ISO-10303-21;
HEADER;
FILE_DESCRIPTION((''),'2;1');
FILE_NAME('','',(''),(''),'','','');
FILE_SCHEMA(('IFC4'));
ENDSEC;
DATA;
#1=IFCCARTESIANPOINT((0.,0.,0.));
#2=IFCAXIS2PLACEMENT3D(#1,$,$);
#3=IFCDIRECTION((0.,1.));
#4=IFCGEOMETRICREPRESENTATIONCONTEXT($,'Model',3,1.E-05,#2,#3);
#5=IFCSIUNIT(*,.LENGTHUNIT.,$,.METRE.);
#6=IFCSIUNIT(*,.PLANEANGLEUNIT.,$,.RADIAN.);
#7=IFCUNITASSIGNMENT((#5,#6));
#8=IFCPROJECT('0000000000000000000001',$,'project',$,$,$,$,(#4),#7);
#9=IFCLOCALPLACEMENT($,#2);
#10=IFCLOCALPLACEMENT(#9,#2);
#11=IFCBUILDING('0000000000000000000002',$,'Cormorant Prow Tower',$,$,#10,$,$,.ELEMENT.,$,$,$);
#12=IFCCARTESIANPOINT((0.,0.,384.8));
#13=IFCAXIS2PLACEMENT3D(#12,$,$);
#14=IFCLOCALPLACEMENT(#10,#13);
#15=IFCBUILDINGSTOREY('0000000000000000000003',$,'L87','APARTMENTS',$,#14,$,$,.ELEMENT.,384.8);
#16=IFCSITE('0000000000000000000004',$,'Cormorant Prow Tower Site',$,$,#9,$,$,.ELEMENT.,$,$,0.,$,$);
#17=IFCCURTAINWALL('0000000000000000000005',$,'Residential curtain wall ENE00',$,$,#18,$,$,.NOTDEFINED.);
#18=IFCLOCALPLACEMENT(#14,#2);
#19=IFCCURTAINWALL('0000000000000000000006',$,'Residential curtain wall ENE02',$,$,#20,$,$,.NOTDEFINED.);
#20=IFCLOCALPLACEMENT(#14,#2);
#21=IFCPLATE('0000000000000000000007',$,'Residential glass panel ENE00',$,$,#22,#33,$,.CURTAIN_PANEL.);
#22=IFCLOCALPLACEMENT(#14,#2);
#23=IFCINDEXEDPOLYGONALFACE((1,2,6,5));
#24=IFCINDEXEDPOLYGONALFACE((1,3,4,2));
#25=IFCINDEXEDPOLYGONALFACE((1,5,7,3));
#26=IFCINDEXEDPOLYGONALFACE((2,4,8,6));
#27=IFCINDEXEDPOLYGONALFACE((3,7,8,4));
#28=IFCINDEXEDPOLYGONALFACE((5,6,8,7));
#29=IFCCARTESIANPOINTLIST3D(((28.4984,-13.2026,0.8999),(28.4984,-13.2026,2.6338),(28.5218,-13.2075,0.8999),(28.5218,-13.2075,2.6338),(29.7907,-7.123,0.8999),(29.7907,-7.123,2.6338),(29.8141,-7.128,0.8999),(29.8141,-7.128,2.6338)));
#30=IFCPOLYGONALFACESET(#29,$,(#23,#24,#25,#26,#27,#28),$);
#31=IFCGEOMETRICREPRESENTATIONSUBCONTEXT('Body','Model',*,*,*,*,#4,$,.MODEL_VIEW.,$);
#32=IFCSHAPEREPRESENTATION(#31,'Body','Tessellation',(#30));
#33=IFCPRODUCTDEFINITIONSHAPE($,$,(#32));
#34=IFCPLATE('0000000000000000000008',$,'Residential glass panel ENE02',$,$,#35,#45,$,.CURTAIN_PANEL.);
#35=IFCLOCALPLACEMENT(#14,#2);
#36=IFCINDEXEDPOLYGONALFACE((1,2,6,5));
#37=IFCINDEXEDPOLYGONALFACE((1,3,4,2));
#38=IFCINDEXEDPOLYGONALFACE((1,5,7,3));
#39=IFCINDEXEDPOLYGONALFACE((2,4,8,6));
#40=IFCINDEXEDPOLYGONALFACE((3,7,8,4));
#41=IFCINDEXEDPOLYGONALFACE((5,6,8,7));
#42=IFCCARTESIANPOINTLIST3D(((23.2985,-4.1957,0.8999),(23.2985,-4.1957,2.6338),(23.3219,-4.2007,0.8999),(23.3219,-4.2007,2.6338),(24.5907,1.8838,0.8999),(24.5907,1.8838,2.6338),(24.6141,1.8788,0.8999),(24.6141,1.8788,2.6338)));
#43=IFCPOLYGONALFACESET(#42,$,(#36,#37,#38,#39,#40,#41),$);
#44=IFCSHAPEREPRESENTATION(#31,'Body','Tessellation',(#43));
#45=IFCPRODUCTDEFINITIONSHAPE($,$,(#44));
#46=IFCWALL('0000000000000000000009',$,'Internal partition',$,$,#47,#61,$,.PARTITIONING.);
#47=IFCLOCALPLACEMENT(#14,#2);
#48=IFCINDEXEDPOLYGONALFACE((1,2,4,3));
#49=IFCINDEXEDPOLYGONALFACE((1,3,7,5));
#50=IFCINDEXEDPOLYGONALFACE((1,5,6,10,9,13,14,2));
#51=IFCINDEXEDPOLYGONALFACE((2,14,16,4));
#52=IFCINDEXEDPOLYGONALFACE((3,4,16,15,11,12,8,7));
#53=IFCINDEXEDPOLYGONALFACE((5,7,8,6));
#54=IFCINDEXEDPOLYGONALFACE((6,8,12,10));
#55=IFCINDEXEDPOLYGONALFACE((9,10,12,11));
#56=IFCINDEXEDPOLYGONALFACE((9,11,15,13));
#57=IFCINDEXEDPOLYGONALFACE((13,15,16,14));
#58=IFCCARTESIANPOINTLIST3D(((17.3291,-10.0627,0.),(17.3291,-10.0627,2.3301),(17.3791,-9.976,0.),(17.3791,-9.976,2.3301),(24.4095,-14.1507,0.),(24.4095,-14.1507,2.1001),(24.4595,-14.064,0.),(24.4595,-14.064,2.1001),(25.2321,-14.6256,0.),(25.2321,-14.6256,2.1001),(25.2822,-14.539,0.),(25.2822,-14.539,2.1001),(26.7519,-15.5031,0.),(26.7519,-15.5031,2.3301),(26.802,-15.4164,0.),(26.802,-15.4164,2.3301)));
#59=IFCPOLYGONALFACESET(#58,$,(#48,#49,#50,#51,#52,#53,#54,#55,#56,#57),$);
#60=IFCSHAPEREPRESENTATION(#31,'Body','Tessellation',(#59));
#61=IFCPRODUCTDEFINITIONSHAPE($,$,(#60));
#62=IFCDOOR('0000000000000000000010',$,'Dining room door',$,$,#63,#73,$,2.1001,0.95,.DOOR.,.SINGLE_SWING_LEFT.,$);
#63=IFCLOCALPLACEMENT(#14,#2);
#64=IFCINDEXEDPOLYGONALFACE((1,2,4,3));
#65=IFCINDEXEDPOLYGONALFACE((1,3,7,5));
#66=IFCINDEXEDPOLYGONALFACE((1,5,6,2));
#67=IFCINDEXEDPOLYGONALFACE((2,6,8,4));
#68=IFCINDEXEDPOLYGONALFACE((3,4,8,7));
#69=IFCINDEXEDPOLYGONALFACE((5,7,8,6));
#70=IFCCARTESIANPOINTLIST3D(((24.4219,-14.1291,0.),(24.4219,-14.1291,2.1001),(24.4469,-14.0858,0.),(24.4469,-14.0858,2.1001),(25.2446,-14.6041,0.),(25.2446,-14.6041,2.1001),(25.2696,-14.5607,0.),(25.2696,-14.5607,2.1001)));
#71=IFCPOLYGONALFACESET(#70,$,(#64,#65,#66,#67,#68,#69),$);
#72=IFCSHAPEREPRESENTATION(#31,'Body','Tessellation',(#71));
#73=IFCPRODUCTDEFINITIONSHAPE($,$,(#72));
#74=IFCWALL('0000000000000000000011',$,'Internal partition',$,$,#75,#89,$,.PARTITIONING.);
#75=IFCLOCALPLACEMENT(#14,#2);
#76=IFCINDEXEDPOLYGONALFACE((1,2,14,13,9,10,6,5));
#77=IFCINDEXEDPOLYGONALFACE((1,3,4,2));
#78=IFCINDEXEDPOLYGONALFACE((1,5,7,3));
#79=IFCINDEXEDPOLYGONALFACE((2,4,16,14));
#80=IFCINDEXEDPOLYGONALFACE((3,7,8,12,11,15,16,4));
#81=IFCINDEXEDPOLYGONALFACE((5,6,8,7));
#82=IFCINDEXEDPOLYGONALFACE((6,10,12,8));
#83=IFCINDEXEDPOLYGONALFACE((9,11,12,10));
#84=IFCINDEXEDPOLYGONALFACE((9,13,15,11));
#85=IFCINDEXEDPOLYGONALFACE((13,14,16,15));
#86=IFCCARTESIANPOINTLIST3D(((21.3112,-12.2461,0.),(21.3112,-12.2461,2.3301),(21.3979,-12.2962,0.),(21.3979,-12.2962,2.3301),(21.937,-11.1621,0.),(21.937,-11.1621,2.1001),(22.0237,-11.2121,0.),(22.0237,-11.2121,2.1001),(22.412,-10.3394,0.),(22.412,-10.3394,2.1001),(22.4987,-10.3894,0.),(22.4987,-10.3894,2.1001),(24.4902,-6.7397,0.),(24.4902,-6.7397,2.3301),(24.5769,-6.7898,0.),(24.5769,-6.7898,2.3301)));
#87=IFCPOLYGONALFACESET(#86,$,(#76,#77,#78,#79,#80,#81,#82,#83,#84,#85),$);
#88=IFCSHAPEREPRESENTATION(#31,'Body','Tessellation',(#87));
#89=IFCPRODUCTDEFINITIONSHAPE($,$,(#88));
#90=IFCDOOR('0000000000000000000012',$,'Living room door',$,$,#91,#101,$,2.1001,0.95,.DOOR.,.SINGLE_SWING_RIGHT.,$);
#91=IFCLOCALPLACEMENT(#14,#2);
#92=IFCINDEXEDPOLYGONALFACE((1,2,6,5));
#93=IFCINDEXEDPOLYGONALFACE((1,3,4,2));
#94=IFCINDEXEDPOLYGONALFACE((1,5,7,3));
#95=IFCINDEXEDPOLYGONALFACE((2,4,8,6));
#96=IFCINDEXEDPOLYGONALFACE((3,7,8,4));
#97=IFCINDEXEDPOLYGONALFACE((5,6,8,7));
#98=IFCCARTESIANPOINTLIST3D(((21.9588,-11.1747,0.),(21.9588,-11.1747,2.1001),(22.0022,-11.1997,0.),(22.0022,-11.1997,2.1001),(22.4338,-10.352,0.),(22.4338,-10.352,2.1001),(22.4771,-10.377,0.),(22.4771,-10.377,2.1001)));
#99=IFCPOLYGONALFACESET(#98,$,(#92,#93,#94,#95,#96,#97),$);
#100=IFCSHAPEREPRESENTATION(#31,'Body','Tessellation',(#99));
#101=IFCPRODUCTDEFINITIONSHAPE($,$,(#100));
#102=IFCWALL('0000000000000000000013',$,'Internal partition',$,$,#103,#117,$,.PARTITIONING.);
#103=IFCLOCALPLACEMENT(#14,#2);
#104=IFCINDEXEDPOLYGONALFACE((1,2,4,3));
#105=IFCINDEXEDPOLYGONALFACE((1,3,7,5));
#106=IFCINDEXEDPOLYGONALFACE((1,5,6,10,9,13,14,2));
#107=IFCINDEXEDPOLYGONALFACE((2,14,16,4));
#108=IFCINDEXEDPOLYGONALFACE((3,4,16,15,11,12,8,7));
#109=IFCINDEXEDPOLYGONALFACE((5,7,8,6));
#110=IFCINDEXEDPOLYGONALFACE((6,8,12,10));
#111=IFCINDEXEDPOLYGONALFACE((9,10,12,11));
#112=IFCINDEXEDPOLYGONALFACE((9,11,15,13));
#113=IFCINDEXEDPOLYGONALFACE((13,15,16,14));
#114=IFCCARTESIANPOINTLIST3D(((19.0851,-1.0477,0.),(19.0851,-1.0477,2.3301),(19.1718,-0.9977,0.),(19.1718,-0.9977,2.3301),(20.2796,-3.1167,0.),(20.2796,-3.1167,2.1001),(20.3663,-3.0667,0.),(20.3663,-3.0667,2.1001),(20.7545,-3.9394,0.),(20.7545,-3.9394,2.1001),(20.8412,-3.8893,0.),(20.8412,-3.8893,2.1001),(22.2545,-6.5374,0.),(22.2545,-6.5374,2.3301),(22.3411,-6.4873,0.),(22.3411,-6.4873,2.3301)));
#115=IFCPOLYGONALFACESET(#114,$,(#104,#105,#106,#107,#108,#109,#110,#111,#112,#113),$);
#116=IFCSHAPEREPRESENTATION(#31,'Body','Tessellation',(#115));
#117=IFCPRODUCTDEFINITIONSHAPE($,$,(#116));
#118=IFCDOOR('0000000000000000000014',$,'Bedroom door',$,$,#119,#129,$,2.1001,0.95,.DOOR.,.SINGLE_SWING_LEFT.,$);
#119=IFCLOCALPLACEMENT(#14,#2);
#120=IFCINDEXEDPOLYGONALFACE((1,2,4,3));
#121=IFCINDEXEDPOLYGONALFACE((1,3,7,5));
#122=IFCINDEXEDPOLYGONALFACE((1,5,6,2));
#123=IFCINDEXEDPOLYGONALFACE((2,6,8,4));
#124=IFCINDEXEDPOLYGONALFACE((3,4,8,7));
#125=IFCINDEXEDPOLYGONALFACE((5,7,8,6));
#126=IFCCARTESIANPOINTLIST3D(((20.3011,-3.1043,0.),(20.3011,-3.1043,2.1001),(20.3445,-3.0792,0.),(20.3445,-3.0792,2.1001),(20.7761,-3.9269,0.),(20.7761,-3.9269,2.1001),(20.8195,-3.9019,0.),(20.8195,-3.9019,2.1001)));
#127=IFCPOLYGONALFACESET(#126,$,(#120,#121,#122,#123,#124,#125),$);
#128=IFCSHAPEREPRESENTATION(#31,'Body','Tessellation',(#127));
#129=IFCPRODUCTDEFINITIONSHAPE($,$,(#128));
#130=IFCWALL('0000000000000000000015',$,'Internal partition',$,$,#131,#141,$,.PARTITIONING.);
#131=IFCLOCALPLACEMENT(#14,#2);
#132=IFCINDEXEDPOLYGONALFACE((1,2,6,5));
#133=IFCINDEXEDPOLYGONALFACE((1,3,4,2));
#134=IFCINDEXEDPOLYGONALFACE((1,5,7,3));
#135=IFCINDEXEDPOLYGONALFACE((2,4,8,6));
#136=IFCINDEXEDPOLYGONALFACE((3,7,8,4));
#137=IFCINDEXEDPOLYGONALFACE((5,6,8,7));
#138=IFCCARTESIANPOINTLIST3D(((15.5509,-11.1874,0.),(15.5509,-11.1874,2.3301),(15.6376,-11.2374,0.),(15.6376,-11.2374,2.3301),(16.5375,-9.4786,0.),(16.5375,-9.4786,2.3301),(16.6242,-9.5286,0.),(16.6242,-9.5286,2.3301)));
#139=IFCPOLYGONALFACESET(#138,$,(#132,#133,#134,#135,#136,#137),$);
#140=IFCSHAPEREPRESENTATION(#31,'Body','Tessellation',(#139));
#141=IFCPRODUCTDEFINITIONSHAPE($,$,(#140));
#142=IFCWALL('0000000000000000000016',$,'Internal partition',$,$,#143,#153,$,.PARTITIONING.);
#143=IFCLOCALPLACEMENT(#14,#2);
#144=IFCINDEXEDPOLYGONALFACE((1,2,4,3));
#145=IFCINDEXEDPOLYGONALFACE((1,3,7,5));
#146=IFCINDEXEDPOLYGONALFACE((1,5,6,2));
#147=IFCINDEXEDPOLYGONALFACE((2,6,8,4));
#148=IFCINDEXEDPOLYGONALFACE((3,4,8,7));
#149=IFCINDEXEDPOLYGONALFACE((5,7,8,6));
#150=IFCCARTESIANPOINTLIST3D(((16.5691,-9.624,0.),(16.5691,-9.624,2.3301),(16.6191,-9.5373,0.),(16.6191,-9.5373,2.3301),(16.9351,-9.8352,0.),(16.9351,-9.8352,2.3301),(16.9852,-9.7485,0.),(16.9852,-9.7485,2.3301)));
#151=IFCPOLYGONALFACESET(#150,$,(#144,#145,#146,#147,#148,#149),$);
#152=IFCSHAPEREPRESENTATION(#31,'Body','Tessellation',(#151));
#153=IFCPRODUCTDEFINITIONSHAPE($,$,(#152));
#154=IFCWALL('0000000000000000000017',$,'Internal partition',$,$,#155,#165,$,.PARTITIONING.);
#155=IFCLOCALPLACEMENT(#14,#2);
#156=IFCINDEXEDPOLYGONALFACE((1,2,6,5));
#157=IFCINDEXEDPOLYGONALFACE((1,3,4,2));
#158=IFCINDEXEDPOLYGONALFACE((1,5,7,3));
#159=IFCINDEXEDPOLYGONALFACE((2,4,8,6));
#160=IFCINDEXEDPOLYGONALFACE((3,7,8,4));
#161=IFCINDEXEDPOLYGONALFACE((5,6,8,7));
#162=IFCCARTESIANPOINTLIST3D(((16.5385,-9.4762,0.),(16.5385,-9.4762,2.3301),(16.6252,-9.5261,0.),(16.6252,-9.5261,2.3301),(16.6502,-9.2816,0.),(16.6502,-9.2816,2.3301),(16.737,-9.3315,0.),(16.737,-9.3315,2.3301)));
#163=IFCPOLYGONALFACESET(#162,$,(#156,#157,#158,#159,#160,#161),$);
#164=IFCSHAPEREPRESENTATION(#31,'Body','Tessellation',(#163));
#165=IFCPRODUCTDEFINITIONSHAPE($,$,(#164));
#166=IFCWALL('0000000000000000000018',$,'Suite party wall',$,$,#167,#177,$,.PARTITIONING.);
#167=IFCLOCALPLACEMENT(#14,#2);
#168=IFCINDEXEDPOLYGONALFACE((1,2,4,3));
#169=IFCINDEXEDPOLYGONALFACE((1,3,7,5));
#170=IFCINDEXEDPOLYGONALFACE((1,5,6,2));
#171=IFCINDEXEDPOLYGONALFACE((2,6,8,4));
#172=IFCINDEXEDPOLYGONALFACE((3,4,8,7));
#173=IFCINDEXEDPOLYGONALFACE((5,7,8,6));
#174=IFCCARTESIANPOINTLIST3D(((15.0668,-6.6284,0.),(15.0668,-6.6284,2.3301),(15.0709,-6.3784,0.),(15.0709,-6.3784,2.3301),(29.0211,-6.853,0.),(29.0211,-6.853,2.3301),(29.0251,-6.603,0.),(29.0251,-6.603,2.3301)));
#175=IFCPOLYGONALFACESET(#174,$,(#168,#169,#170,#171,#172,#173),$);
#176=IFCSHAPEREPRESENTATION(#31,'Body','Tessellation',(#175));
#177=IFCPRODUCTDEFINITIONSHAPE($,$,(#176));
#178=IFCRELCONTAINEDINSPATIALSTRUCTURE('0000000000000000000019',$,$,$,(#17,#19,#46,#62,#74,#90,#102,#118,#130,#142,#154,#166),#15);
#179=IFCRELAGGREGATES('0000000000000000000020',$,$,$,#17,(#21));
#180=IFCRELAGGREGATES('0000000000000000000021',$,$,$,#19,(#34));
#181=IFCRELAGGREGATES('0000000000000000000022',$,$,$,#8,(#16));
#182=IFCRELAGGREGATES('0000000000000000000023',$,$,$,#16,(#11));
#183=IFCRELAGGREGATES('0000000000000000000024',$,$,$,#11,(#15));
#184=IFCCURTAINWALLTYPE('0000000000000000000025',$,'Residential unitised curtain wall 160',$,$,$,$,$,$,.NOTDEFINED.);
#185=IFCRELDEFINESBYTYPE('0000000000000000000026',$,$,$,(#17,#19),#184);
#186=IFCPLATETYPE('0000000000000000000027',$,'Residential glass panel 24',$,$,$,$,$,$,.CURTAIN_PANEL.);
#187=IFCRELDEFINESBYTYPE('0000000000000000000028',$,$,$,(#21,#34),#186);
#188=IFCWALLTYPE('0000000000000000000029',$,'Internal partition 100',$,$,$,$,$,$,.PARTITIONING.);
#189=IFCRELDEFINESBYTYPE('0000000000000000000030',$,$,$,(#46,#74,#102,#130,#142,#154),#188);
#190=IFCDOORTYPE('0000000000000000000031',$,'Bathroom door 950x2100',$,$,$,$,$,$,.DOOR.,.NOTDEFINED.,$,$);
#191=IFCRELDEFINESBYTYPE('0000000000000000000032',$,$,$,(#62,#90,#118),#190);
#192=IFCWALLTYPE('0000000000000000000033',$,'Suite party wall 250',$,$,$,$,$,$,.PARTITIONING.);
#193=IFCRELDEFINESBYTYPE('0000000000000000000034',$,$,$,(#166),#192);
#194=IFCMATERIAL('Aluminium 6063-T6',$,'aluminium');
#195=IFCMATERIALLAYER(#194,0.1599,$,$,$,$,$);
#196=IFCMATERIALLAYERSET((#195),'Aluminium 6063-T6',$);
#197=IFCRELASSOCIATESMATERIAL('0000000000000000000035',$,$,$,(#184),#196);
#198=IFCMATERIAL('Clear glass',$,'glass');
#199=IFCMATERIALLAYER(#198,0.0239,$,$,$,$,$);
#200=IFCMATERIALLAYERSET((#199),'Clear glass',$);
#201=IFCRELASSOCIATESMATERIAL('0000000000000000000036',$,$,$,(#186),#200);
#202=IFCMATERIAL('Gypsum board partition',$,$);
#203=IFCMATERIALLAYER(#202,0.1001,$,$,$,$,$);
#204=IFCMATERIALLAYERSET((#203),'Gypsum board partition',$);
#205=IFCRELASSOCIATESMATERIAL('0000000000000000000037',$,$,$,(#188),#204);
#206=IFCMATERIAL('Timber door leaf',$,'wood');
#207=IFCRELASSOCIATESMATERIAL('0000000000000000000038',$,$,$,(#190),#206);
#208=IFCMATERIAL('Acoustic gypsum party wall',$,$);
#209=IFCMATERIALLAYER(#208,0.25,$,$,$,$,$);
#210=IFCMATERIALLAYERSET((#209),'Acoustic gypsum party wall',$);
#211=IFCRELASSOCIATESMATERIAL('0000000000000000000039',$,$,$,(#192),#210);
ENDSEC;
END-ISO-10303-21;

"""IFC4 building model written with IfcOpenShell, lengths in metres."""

from ifc_helpers import new_model, si_unit, direction, frame, frame_2d, origin, origin_2d, place, context, subcontext, project, spatial, rectangle, extrude, material, layer, layer_set, type_object, element, fill, aggregate, save


model = new_model("IFC4")

# Units and contexts
model_context = context("Model", 3, precision=1e-05, world=origin(), true_north=direction((0.0, 1.0)))
body_context = subcontext(model_context, "Body", "Model", "MODEL_VIEW")
ifc_project = project(units=[si_unit("LENGTHUNIT", "METRE"), si_unit("PLANEANGLEUNIT", "RADIAN")], contexts=[model_context])

# Site, building, storey
site_placement = place(None, origin())
site = spatial("IfcSite", under=ifc_project, at=site_placement, Name="Cormorant Prow Tower Site", CompositionType="ELEMENT", RefElevation=0.0)
building_placement = place(site_placement, origin())
building = spatial("IfcBuilding", under=site, at=building_placement, Name="Cormorant Prow Tower", CompositionType="ELEMENT")
storey_placement = place(building_placement, frame((0.0, 0.0, 384.8)))
storey = spatial("IfcBuildingStorey", under=building, at=storey_placement, Name="L87", Description="APARTMENTS", CompositionType="ELEMENT", Elevation=384.8)

# Curtain walls
ifc_material_1 = material(Name="Aluminium 6063-T6", Category="aluminium")
ifc_layer_1 = layer(ifc_material_1, 0.1599)
ifc_layer_set_1 = layer_set([ifc_layer_1], Name="Aluminium 6063-T6")
curtain_wall_type = type_object("IfcCurtainWallType", Name="Residential unitised curtain wall 160", PredefinedType="NOTDEFINED", material=ifc_layer_set_1)
curtain_wall_1_placement = place(storey_placement, origin())
curtain_wall_1 = element("IfcCurtainWall", 1, at=curtain_wall_1_placement, inside=storey, type_object=curtain_wall_type, Name="Residential curtain wall ENE00", PredefinedType="NOTDEFINED")
curtain_wall_2_placement = place(storey_placement, origin())
curtain_wall_2 = element("IfcCurtainWall", 2, at=curtain_wall_2_placement, inside=storey, type_object=curtain_wall_type, Name="Residential curtain wall ENE02", PredefinedType="NOTDEFINED")

# Plates
ifc_material_2 = material(Name="Clear glass", Category="glass")
ifc_layer_2 = layer(ifc_material_2, 0.0239)
ifc_layer_set_2 = layer_set([ifc_layer_2], Name="Clear glass")
plate_type = type_object("IfcPlateType", Name="Residential glass panel 24", PredefinedType="CURTAIN_PANEL", material=ifc_layer_set_2)
plate_1_placement = place(storey_placement, frame((29.1562, -10.1653, 0.8999), z_axis=(0.0, 0.0, 1.0), x_axis=(0.207912, 0.978148, 0.0)))
plate_1 = element("IfcPlate", 3, at=plate_1_placement, type_object=plate_type, Name="Residential glass panel ENE00", PredefinedType="CURTAIN_PANEL", context=body_context, shape_type="SweptSolid", body=[
    extrude(rectangle(XDim=6.2153, YDim=0.0239, at=origin_2d()), origin(), (0.0, 0.0, 1.0), 1.7339),
])
aggregate(curtain_wall_1, [plate_1])
plate_2_placement = place(storey_placement, frame((23.9563, -1.1584, 0.8999), z_axis=(0.0, 0.0, 1.0), x_axis=(0.207912, 0.978148, 0.0)))
plate_2 = element("IfcPlate", 4, at=plate_2_placement, type_object=plate_type, Name="Residential glass panel ENE02", PredefinedType="CURTAIN_PANEL", context=body_context, shape_type="SweptSolid", body=[
    extrude(rectangle(XDim=6.2153, YDim=0.0239, at=origin_2d()), origin(), (0.0, 0.0, 1.0), 1.7339),
])
aggregate(curtain_wall_2, [plate_2])

# Walls, openings, doors
ifc_material_3 = material(Name="Gypsum board partition")
ifc_layer_3 = layer(ifc_material_3, 0.1001)
ifc_layer_set_3 = layer_set([ifc_layer_3], Name="Gypsum board partition")
wall_type_1 = type_object("IfcWallType", Name="Internal partition 100", PredefinedType="PARTITIONING", material=ifc_layer_set_3)
wall_1_placement = place(storey_placement, frame((17.354, -10.0193, 0.0), z_axis=(0.0, 0.0, 1.0), x_axis=(0.86602, -0.50001, 0.0)))
wall_1 = element("IfcWall", 5, at=wall_1_placement, inside=storey, type_object=wall_type_1, Name="Internal partition", PredefinedType="PARTITIONING", context=body_context, shape_type="SweptSolid", body=[
    extrude(rectangle(XDim=10.8806, YDim=0.1001, at=frame_2d((5.4404, 0.0))), origin(), (0.0, 0.0, 1.0), 2.3301),
])
opening_1_placement = place(wall_1_placement, frame((8.1758, 0.0, 0.0)))
opening_1 = element("IfcOpeningElement", 6, at=opening_1_placement, cuts=wall_1, PredefinedType="OPENING", context=body_context, shape_type="SweptSolid", body=[
    extrude(rectangle(XDim=0.95, YDim=2.1001, at=frame_2d((0.4751, 1.05))), frame((0.0, 0.0601, 0.0), z_axis=(0.0, -1.0, 0.0), x_axis=(1.0, 0.0, 0.0)), (0.0, 0.0, 1.0), 0.1201),
])
ifc_material_4 = material(Name="Timber door leaf", Category="wood")
door_type_1 = type_object("IfcDoorType", Name="Bathroom door 950x2100", OperationType="NOTDEFINED", PredefinedType="DOOR", material=ifc_material_4)
door_1_placement = place(opening_1_placement, origin())
door_1 = element("IfcDoor", 7, at=door_1_placement, inside=storey, type_object=door_type_1, Name="Dining room door", OperationType="SINGLE_SWING_LEFT", OverallHeight=2.1001, OverallWidth=0.95, PredefinedType="DOOR", context=body_context, shape_type="SweptSolid", body=[
    extrude(rectangle(XDim=0.95, YDim=2.1001, at=frame_2d((0.4751, 1.05))), frame((0.0, 0.0249, 0.0), z_axis=(0.0, -1.0, 0.0), x_axis=(1.0, 0.0, 0.0)), (0.0, 0.0, 1.0), 0.05),
])
fill(opening_1, door_1)
wall_2_placement = place(storey_placement, frame((21.3545, -12.2712, 0.0), z_axis=(0.0, 0.0, 1.0), x_axis=(0.499984, 0.866035, 0.0)))
wall_2 = element("IfcWall", 8, at=wall_2_placement, inside=storey, type_object=wall_type_1, Name="Internal partition", PredefinedType="PARTITIONING", context=body_context, shape_type="SweptSolid", body=[
    extrude(rectangle(XDim=6.3582, YDim=0.1001, at=frame_2d((3.1792, 0.0))), origin(), (0.0, 0.0, 1.0), 2.3301),
])
opening_2_placement = place(wall_2_placement, frame((1.2517, 0.0, 0.0)))
opening_2 = element("IfcOpeningElement", 9, at=opening_2_placement, cuts=wall_2, PredefinedType="OPENING", context=body_context, shape_type="SweptSolid", body=[
    extrude(rectangle(XDim=0.95, YDim=2.1001, at=frame_2d((0.4751, 1.05))), frame((0.0, 0.0601, 0.0), z_axis=(0.0, -1.0, 0.0), x_axis=(1.0, 0.0, 0.0)), (0.0, 0.0, 1.0), 0.1201),
])
door_2_placement = place(opening_2_placement, origin())
door_2 = element("IfcDoor", 10, at=door_2_placement, inside=storey, type_object=door_type_1, Name="Living room door", OperationType="SINGLE_SWING_RIGHT", OverallHeight=2.1001, OverallWidth=0.95, PredefinedType="DOOR", context=body_context, shape_type="SweptSolid", body=[
    extrude(rectangle(XDim=0.95, YDim=2.1001, at=frame_2d((0.4751, 1.05))), frame((0.0, 0.0249, 0.0), z_axis=(0.0, -1.0, 0.0), x_axis=(1.0, 0.0, 0.0)), (0.0, 0.0, 1.0), 0.05),
])
fill(opening_2, door_2)
wall_3_placement = place(storey_placement, frame((19.1284, -1.0227, 0.0), z_axis=(0.0, 0.0, 1.0), x_axis=(0.499991, -0.86603, 0.0)))
wall_3 = element("IfcWall", 11, at=wall_3_placement, inside=storey, type_object=wall_type_1, Name="Internal partition", PredefinedType="PARTITIONING", context=body_context, shape_type="SweptSolid", body=[
    extrude(rectangle(XDim=6.3389, YDim=0.1001, at=frame_2d((3.1694, 0.0))), origin(), (0.0, 0.0, 1.0), 2.3301),
])
opening_3_placement = place(wall_3_placement, frame((2.3889, 0.0, 0.0)))
opening_3 = element("IfcOpeningElement", 12, at=opening_3_placement, cuts=wall_3, PredefinedType="OPENING", context=body_context, shape_type="SweptSolid", body=[
    extrude(rectangle(XDim=0.95, YDim=2.1001, at=frame_2d((0.4751, 1.05))), frame((0.0, 0.0601, 0.0), z_axis=(0.0, -1.0, 0.0), x_axis=(1.0, 0.0, 0.0)), (0.0, 0.0, 1.0), 0.1201),
])
door_3_placement = place(opening_3_placement, origin())
door_3 = element("IfcDoor", 13, at=door_3_placement, inside=storey, type_object=door_type_1, Name="Bedroom door", OperationType="SINGLE_SWING_LEFT", OverallHeight=2.1001, OverallWidth=0.95, PredefinedType="DOOR", context=body_context, shape_type="SweptSolid", body=[
    extrude(rectangle(XDim=0.95, YDim=2.1001, at=frame_2d((0.4751, 1.05))), frame((0.0, 0.0249, 0.0), z_axis=(0.0, -1.0, 0.0), x_axis=(1.0, 0.0, 0.0)), (0.0, 0.0, 1.0), 0.05),
])
fill(opening_3, door_3)

# Walls
wall_4_placement = place(storey_placement, frame((15.5942, -11.2124, 0.0), z_axis=(0.0, 0.0, 1.0), x_axis=(0.500012, 0.866019, 0.0)))
element("IfcWall", 14, at=wall_4_placement, inside=storey, type_object=wall_type_1, Name="Internal partition", PredefinedType="PARTITIONING", context=body_context, shape_type="SweptSolid", body=[
    extrude(rectangle(XDim=1.9731, YDim=0.1001, at=frame_2d((0.9866, 0.0))), origin(), (0.0, 0.0, 1.0), 2.3301),
])
wall_5_placement = place(storey_placement, frame((16.594, -9.5806, 0.0), z_axis=(0.0, 0.0, 1.0), x_axis=(0.866137, -0.499806, 0.0)))
element("IfcWall", 15, at=wall_5_placement, inside=storey, type_object=wall_type_1, Name="Internal partition", PredefinedType="PARTITIONING", context=body_context, shape_type="SweptSolid", body=[
    extrude(rectangle(XDim=0.4226, YDim=0.1001, at=frame_2d((0.2114, 0.0))), origin(), (0.0, 0.0, 1.0), 2.3301),
])
wall_6_placement = place(storey_placement, frame((16.5818, -9.5012, 0.0), z_axis=(0.0, 0.0, 1.0), x_axis=(0.498246, 0.867036, 0.0)))
element("IfcWall", 16, at=wall_6_placement, inside=storey, type_object=wall_type_1, Name="Internal partition", PredefinedType="PARTITIONING", context=body_context, shape_type="SweptSolid", body=[
    extrude(rectangle(XDim=0.2244, YDim=0.1001, at=frame_2d((0.1123, 0.0))), origin(), (0.0, 0.0, 1.0), 2.3301),
])
ifc_material_5 = material(Name="Acoustic gypsum party wall")
ifc_layer_4 = layer(ifc_material_5, 0.25)
ifc_layer_set_4 = layer_set([ifc_layer_4], Name="Acoustic gypsum party wall")
wall_type_2 = type_object("IfcWallType", Name="Suite party wall 250", PredefinedType="PARTITIONING", material=ifc_layer_set_4)
wall_7_placement = place(storey_placement, frame((15.0688, -6.5034, 0.0), z_axis=(0.0, 0.0, 1.0), x_axis=(0.99987, -0.016094, 0.0)))
element("IfcWall", 17, at=wall_7_placement, inside=storey, type_object=wall_type_2, Name="Suite party wall", PredefinedType="PARTITIONING", context=body_context, shape_type="SweptSolid", body=[
    extrude(rectangle(XDim=13.9561, YDim=0.25, at=frame_2d((6.978, 0.0))), origin(), (0.0, 0.0, 1.0), 2.3301),
])

save(model, "model.ifc")
